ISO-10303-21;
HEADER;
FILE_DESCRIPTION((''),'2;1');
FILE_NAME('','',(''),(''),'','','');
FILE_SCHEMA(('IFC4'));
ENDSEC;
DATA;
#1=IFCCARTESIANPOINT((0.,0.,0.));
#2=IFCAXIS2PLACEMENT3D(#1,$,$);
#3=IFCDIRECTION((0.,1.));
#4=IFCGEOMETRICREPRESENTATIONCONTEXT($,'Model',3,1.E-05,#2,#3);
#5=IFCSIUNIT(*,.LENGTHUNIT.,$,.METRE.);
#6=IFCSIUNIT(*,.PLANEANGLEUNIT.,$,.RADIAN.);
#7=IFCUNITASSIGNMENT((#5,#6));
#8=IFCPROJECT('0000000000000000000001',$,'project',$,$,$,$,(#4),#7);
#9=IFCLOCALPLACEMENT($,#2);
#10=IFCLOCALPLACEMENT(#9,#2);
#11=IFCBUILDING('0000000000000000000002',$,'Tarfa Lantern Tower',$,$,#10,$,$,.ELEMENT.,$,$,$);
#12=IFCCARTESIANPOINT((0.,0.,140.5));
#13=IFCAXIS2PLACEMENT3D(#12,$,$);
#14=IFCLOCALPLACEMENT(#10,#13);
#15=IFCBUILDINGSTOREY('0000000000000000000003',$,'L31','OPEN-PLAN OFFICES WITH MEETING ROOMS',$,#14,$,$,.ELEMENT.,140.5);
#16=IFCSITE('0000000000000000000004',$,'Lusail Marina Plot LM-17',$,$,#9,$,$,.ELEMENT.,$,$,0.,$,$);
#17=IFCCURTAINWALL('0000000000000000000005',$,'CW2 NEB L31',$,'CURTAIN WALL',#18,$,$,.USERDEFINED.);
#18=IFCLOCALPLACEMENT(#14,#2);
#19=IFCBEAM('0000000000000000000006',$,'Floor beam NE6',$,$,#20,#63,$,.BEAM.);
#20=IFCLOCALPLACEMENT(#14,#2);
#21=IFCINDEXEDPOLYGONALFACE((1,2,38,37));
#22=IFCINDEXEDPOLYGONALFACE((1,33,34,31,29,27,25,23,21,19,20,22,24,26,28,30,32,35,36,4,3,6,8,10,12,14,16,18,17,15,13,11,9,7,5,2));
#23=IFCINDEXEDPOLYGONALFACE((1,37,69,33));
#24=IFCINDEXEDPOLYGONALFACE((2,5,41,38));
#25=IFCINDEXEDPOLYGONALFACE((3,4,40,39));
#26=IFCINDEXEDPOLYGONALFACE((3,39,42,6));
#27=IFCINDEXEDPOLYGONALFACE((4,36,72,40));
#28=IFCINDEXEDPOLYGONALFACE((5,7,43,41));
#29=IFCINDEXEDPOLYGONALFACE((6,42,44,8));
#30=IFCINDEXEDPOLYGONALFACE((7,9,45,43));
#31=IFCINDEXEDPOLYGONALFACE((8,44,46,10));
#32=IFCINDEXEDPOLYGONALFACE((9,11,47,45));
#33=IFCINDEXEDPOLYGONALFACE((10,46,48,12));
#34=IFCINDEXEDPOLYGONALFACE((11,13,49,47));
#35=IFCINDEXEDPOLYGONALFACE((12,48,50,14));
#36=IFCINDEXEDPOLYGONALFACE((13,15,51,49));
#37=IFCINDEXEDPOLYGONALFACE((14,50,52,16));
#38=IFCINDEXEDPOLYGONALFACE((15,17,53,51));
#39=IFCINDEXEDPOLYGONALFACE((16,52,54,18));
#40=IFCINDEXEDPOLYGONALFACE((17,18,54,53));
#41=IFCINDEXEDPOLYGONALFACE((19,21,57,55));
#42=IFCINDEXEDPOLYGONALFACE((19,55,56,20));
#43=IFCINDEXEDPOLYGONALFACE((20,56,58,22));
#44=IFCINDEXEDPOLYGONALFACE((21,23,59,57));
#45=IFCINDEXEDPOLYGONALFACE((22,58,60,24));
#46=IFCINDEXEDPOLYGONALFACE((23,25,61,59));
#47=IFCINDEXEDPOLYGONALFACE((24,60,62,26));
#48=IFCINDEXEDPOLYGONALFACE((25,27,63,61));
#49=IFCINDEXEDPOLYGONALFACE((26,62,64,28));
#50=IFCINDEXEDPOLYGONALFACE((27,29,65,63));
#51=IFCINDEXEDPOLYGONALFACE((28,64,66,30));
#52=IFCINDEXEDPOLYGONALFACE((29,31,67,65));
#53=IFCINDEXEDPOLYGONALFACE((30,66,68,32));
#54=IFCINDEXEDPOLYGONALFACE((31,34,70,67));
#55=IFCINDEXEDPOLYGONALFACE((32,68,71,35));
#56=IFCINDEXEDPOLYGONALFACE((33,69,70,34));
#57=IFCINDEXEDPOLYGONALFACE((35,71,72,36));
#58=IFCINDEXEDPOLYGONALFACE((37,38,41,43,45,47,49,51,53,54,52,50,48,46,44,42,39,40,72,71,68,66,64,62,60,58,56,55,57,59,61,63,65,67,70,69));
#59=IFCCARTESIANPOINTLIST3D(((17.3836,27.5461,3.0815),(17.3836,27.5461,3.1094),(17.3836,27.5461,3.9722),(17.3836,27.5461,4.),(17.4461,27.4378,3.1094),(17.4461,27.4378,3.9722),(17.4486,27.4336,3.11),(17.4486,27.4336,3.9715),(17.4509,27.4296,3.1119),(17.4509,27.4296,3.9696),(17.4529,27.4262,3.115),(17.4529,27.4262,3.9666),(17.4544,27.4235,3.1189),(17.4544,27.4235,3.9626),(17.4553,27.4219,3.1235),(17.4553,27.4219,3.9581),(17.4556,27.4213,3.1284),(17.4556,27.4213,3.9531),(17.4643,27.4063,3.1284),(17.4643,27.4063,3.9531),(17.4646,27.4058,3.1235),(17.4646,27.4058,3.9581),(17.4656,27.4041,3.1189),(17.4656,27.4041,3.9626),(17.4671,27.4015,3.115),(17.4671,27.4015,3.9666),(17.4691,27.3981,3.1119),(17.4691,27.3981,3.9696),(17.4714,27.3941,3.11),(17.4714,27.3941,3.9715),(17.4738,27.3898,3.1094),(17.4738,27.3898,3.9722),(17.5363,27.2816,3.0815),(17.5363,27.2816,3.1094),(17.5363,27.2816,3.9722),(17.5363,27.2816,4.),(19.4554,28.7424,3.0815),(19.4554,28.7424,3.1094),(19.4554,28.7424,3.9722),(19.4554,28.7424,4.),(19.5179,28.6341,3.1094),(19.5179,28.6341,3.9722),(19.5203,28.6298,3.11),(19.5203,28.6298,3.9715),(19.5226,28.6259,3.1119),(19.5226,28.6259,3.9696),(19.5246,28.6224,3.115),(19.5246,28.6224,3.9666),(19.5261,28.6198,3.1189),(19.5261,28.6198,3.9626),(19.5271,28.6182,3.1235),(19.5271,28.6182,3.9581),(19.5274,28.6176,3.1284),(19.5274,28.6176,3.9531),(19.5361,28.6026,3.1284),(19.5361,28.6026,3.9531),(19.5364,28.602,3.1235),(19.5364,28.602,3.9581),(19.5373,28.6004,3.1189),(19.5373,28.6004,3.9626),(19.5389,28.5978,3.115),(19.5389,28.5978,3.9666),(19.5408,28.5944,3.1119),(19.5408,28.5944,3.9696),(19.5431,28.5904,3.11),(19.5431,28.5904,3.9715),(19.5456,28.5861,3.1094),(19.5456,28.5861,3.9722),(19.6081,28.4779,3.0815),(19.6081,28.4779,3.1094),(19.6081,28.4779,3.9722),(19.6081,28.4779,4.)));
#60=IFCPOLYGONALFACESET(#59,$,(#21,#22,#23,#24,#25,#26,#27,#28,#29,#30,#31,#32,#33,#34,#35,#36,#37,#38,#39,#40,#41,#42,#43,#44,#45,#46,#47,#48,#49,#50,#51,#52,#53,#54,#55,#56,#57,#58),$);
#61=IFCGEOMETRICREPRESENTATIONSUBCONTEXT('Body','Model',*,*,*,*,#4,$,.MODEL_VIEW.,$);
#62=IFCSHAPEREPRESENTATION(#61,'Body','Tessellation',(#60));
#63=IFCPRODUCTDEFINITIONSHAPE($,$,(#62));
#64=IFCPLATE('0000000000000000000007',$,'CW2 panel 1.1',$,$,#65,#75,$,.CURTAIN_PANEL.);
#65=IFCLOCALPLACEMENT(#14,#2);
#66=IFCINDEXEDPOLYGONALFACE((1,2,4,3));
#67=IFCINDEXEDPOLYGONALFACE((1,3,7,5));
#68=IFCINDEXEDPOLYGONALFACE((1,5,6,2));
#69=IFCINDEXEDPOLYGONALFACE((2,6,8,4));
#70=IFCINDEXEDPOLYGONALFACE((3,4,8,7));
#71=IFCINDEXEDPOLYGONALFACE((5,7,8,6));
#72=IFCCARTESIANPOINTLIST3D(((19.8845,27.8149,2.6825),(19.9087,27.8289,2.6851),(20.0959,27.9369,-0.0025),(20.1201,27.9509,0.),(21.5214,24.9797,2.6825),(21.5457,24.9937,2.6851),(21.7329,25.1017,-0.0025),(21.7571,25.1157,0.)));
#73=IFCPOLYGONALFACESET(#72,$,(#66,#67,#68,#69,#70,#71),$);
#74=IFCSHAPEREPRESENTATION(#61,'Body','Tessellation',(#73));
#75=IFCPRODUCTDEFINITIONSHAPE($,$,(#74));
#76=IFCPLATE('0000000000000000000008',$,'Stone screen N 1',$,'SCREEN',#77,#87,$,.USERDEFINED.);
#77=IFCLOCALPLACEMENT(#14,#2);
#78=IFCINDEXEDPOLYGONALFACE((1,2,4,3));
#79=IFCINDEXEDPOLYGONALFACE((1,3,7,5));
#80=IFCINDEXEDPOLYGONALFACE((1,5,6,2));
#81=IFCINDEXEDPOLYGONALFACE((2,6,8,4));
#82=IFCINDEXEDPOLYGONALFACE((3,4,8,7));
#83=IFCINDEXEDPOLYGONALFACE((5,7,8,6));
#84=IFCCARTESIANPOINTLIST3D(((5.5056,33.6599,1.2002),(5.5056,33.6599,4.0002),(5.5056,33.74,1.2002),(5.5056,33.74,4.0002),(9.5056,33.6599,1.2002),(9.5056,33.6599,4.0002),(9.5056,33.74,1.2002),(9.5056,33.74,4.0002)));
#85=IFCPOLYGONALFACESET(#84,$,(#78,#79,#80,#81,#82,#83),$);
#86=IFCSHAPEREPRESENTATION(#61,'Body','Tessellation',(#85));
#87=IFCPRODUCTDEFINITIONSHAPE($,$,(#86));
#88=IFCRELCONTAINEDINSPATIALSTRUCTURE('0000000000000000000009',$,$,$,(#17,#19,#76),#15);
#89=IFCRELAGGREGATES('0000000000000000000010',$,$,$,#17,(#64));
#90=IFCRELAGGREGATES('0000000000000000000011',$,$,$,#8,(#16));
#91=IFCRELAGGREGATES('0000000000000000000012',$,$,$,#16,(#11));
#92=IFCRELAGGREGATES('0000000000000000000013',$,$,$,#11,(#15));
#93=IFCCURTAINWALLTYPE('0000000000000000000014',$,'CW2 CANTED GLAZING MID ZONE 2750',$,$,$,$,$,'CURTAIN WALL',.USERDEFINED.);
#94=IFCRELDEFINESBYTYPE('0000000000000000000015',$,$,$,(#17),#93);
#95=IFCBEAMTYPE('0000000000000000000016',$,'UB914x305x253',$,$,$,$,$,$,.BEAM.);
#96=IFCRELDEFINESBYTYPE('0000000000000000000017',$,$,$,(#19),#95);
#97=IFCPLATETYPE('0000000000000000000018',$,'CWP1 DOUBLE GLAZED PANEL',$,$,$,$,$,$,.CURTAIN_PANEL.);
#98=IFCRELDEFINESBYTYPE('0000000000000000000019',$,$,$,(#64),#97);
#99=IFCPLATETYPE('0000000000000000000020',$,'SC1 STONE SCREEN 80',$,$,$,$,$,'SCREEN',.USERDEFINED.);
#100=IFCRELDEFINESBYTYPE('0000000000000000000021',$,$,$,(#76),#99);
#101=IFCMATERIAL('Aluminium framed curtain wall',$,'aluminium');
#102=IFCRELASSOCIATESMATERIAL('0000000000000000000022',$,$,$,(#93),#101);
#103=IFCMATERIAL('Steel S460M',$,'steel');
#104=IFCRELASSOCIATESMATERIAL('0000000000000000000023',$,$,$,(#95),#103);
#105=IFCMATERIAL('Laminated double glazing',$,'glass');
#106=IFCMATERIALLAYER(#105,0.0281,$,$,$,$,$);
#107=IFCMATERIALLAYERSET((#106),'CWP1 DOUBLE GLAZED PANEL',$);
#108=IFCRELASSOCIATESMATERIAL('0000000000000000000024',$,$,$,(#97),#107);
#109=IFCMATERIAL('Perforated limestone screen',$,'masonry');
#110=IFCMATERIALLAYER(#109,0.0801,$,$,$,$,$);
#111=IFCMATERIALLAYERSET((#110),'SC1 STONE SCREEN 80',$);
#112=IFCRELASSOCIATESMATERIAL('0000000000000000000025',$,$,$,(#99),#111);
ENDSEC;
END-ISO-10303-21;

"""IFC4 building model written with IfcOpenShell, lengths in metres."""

from ifc_helpers import new_model, si_unit, direction, frame, origin, origin_2d, place, context, subcontext, project, spatial, polyline, rectangle, i_section, outline, extrude, material, layer, layer_set, material_profile, profile_set, type_object, element, aggregate, save


model = new_model("IFC4")

# Units and contexts
model_context = context("Model", 3, precision=1e-05, world=origin(), true_north=direction((0.0, 1.0)))
body_context = subcontext(model_context, "Body", "Model", "MODEL_VIEW")
ifc_project = project(units=[si_unit("LENGTHUNIT", "METRE"), si_unit("PLANEANGLEUNIT", "RADIAN")], contexts=[model_context])

# Site, building, storey
site_placement = place(None, origin())
site = spatial("IfcSite", under=ifc_project, at=site_placement, Name="Lusail Marina Plot LM-17", CompositionType="ELEMENT", RefElevation=0.0)
building_placement = place(site_placement, origin())
building = spatial("IfcBuilding", under=site, at=building_placement, Name="Tarfa Lantern Tower", CompositionType="ELEMENT")
storey_placement = place(building_placement, frame((0.0, 0.0, 140.5)))
storey = spatial("IfcBuildingStorey", under=building, at=storey_placement, Name="L31", Description="OPEN-PLAN OFFICES WITH MEETING ROOMS", CompositionType="ELEMENT", Elevation=140.5)

# Curtain wall
ifc_material_1 = material(Name="Aluminium framed curtain wall", Category="aluminium")
curtain_wall_type = type_object("IfcCurtainWallType", Name="CW2 CANTED GLAZING MID ZONE 2750", ElementType="CURTAIN WALL", PredefinedType="USERDEFINED", material=ifc_material_1)
curtain_wall_placement = place(storey_placement, origin())
curtain_wall = element("IfcCurtainWall", 1, at=curtain_wall_placement, inside=storey, type_object=curtain_wall_type, Name="CW2 NEB L31", ObjectType="CURTAIN WALL", PredefinedType="USERDEFINED")

# Beam
ifc_material_2 = material(Name="Steel S460M", Category="steel")
ifc_material_profile_1 = material_profile(ifc_material_2, i_section(OverallWidth=0.3054, OverallDepth=0.9185, WebThickness=0.0173, FlangeThickness=0.0278, FilletRadius=0.019, at=origin_2d()), Name="UB914x305x253")
ifc_profile_set_1 = profile_set([ifc_material_profile_1], Name="Steel S460M")
beam_type_1 = type_object("IfcBeamType", Name="UB914x305x253", PredefinedType="BEAM", material=ifc_profile_set_1)
beam_1_placement = place(storey_placement, frame((19.5317, 28.6101, 3.5408), z_axis=(-0.865999, -0.500046, 0.0), x_axis=(0.500046, -0.865999, 0.0)))
element("IfcBeam", 2, at=beam_1_placement, inside=storey, type_object=beam_type_1, Name="Floor beam NE6", PredefinedType="BEAM", context=body_context, shape_type="SweptSolid", body=[
    extrude(i_section(OverallWidth=0.3054, OverallDepth=0.9185, WebThickness=0.0173, FlangeThickness=0.0278, FilletRadius=0.019, at=origin_2d()), origin(), (0.0, 0.0, 1.0), 2.3923),
])

# Plates
ifc_material_3 = material(Name="Laminated double glazing", Category="glass")
ifc_layer_1 = layer(ifc_material_3, 0.0281)
ifc_layer_set_1 = layer_set([ifc_layer_1], Name="CWP1 DOUBLE GLAZED PANEL")
plate_type_1 = type_object("IfcPlateType", Name="CWP1 DOUBLE GLAZED PANEL", PredefinedType="CURTAIN_PANEL", material=ifc_layer_set_1)
plate_1_placement = place(storey_placement, frame((21.7571, 25.1157, 0.0), z_axis=(0.86246, 0.497959, 0.09055), x_axis=(-0.500013, 0.866018, 0.0)))
plate_1 = element("IfcPlate", 3, at=plate_1_placement, type_object=plate_type_1, Name="CW2 panel 1.1", PredefinedType="CURTAIN_PANEL", context=body_context, shape_type="SweptSolid", body=[
    extrude(outline(polyline([(0.0, 0.0), (3.2738, 0.0), (3.2738, 2.6961), (0.0, 2.6961), (0.0, 0.0)])), origin(), (0.0, 0.0, -1.0), 0.0281),
])
aggregate(curtain_wall, [plate_1])
ifc_material_4 = material(Name="Perforated limestone screen", Category="masonry")
ifc_layer_2 = layer(ifc_material_4, 0.0801)
ifc_layer_set_2 = layer_set([ifc_layer_2], Name="SC1 STONE SCREEN 80")
plate_type_2 = type_object("IfcPlateType", Name="SC1 STONE SCREEN 80", ElementType="SCREEN", PredefinedType="USERDEFINED", material=ifc_layer_set_2)
plate_2_placement = place(storey_placement, frame((7.5056, 33.7, 1.2002), z_axis=(0.0, 0.0, 1.0), x_axis=(-1.0, 0.0, 0.0)))
element("IfcPlate", 4, at=plate_2_placement, inside=storey, type_object=plate_type_2, Name="Stone screen N 1", ObjectType="SCREEN", PredefinedType="USERDEFINED", context=body_context, shape_type="SweptSolid", body=[
    extrude(rectangle(XDim=4.0, YDim=0.0801, at=origin_2d()), origin(), (0.0, 0.0, 1.0), 2.8),
])

save(model, "model.ifc")
